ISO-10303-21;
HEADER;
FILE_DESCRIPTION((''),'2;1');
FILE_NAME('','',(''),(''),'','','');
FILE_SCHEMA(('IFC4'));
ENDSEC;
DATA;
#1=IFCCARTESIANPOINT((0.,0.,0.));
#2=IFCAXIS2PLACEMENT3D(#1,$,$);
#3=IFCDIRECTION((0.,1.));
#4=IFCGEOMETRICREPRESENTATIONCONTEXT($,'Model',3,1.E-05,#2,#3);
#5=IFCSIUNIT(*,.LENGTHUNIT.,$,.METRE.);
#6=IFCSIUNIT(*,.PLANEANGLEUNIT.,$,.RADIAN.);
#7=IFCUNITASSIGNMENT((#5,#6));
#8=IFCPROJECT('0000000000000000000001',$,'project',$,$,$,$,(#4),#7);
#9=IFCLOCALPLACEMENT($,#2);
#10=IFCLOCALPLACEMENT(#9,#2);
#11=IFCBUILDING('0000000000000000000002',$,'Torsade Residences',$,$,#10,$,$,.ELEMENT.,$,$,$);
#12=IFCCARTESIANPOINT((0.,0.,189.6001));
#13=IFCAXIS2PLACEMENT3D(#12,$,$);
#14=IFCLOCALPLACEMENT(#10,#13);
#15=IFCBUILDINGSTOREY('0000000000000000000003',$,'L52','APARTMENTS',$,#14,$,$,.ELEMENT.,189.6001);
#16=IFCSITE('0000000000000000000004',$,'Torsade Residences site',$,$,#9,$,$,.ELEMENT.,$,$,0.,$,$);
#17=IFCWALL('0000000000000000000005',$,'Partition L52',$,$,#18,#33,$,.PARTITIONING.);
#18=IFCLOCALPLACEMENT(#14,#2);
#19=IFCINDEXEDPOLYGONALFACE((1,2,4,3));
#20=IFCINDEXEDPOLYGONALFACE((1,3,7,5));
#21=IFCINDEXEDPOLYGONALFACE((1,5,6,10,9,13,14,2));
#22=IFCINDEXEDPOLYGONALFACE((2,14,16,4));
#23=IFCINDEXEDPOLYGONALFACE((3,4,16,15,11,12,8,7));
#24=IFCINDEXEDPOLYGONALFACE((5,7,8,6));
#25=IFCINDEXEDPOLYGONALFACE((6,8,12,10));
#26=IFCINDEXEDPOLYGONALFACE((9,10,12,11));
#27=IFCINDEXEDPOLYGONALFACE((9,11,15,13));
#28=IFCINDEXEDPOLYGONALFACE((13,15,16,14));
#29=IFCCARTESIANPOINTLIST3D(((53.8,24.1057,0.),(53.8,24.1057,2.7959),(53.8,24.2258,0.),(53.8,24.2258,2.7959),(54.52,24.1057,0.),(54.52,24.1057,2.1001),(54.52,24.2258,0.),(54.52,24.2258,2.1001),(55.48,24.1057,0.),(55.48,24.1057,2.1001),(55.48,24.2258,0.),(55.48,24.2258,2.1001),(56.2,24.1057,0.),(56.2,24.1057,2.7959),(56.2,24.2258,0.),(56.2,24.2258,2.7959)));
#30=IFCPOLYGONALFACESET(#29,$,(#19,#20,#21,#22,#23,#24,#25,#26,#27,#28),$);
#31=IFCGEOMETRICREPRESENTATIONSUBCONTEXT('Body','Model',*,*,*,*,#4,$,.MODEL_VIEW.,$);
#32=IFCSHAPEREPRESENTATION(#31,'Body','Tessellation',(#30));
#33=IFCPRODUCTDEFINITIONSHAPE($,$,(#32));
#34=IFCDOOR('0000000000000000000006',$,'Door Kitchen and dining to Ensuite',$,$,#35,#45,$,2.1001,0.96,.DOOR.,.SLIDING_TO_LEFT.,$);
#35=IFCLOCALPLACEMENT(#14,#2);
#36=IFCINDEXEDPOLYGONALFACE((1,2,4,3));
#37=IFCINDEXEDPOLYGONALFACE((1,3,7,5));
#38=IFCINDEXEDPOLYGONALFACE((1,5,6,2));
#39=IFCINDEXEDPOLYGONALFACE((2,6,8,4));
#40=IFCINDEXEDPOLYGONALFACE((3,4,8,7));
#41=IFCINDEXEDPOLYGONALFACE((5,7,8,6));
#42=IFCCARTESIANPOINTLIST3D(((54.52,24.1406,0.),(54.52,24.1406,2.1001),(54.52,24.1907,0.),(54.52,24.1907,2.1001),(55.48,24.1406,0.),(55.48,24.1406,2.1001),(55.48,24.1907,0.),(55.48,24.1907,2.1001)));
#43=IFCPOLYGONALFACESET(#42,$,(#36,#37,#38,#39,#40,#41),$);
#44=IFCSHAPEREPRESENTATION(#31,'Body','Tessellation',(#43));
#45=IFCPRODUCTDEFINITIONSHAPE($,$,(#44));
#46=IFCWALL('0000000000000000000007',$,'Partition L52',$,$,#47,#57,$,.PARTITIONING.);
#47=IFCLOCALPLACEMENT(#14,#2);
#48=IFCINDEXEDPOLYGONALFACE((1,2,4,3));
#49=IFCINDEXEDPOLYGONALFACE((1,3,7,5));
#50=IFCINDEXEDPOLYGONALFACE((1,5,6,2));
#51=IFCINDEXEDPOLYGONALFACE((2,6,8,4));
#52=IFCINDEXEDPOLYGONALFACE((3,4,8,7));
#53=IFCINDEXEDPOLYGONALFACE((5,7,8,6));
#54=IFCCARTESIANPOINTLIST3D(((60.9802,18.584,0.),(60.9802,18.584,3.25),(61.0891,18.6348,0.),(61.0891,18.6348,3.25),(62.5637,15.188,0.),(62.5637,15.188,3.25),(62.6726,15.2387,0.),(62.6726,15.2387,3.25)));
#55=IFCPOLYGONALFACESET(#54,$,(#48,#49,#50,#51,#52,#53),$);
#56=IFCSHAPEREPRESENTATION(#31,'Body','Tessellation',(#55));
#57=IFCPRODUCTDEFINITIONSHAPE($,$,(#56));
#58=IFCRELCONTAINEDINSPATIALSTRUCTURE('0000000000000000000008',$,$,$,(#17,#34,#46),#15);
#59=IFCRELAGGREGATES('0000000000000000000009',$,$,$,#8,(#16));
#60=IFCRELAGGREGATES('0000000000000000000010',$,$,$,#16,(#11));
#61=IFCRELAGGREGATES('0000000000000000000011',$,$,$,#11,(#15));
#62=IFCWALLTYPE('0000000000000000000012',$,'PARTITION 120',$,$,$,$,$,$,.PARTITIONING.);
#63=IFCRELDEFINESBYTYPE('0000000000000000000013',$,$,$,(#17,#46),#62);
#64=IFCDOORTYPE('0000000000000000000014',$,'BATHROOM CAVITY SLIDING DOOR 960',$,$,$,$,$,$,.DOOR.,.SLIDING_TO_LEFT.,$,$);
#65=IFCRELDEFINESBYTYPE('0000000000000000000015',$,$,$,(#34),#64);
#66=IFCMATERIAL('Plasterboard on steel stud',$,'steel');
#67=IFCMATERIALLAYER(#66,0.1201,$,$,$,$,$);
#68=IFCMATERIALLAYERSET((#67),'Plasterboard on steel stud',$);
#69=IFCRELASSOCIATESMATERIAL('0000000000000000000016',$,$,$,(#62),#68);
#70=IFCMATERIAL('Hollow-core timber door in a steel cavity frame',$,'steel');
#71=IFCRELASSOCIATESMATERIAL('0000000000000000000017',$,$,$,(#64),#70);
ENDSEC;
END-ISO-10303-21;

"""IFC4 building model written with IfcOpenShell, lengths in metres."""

from ifc_helpers import new_model, si_unit, direction, frame, frame_2d, origin, place, context, subcontext, project, spatial, rectangle, extrude, material, layer, layer_set, type_object, element, fill, save


model = new_model("IFC4")

# Units and contexts
model_context = context("Model", 3, precision=1e-05, world=origin(), true_north=direction((0.0, 1.0)))
body_context = subcontext(model_context, "Body", "Model", "MODEL_VIEW")
ifc_project = project(units=[si_unit("LENGTHUNIT", "METRE"), si_unit("PLANEANGLEUNIT", "RADIAN")], contexts=[model_context])

# Site, building, storey
site_placement = place(None, origin())
site = spatial("IfcSite", under=ifc_project, at=site_placement, Name="Torsade Residences site", CompositionType="ELEMENT", RefElevation=0.0)
building_placement = place(site_placement, origin())
building = spatial("IfcBuilding", under=site, at=building_placement, Name="Torsade Residences", CompositionType="ELEMENT")
storey_placement = place(building_placement, frame((0.0, 0.0, 189.6001)))
storey = spatial("IfcBuildingStorey", under=building, at=storey_placement, Name="L52", Description="APARTMENTS", CompositionType="ELEMENT", Elevation=189.6001)

# Wall, opening, door
ifc_material_1 = material(Name="Plasterboard on steel stud", Category="steel")
ifc_layer = layer(ifc_material_1, 0.1201)
ifc_layer_set = layer_set([ifc_layer], Name="Plasterboard on steel stud")
wall_type = type_object("IfcWallType", Name="PARTITION 120", PredefinedType="PARTITIONING", material=ifc_layer_set)
ifc_material_2 = material(Name="Hollow-core timber door in a steel cavity frame", Category="steel")
door_type = type_object("IfcDoorType", Name="BATHROOM CAVITY SLIDING DOOR 960", OperationType="SLIDING_TO_LEFT", PredefinedType="DOOR", material=ifc_material_2)
wall_1_placement = place(storey_placement, frame((53.8, 24.1658, 0.0), z_axis=(0.0, 0.0, 1.0), x_axis=(1.0, 0.0, 0.0)))
wall_1 = element("IfcWall", 1, at=wall_1_placement, inside=storey, type_object=wall_type, Name="Partition L52", PredefinedType="PARTITIONING", context=body_context, shape_type="SweptSolid", body=[
    extrude(rectangle(XDim=2.3999, YDim=0.1201, at=frame_2d((1.2, 0.0))), origin(), (0.0, 0.0, 1.0), 2.7959),
])
opening_1_placement = place(wall_1_placement, frame((0.72, 0.0, 0.0)))
opening_1 = element("IfcOpeningElement", 2, at=opening_1_placement, cuts=wall_1, PredefinedType="OPENING", context=body_context, shape_type="SweptSolid", body=[
    extrude(rectangle(XDim=0.96, YDim=2.1001, at=frame_2d((0.48, 1.05))), frame((0.0, 0.0701, 0.0), z_axis=(0.0, -1.0, 0.0), x_axis=(1.0, 0.0, 0.0)), (0.0, 0.0, 1.0), 0.1401),
])
door_1_placement = place(opening_1_placement, origin())
door_1 = element("IfcDoor", 3, at=door_1_placement, inside=storey, type_object=door_type, Name="Door Kitchen and dining to Ensuite", OperationType="SLIDING_TO_LEFT", OverallHeight=2.1001, OverallWidth=0.96, PredefinedType="DOOR", context=body_context, shape_type="SweptSolid", body=[
    extrude(rectangle(XDim=0.96, YDim=2.1001, at=frame_2d((0.48, 1.05))), frame((0.0, 0.0249, 0.0), z_axis=(0.0, -1.0, 0.0), x_axis=(1.0, 0.0, 0.0)), (0.0, 0.0, 1.0), 0.05),
])
fill(opening_1, door_1)

# Wall
wall_2_placement = place(storey_placement, frame((61.0347, 18.6094, 0.0), z_axis=(0.0, 0.0, 1.0), x_axis=(0.4226, -0.906316, 0.0)))
element("IfcWall", 4, at=wall_2_placement, inside=storey, type_object=wall_type, Name="Partition L52", PredefinedType="PARTITIONING", context=body_context, shape_type="SweptSolid", body=[
    extrude(rectangle(XDim=3.7471, YDim=0.1201, at=frame_2d((1.8735, 0.0))), origin(), (0.0, 0.0, 1.0), 3.25),
])

save(model, "model.ifc")
